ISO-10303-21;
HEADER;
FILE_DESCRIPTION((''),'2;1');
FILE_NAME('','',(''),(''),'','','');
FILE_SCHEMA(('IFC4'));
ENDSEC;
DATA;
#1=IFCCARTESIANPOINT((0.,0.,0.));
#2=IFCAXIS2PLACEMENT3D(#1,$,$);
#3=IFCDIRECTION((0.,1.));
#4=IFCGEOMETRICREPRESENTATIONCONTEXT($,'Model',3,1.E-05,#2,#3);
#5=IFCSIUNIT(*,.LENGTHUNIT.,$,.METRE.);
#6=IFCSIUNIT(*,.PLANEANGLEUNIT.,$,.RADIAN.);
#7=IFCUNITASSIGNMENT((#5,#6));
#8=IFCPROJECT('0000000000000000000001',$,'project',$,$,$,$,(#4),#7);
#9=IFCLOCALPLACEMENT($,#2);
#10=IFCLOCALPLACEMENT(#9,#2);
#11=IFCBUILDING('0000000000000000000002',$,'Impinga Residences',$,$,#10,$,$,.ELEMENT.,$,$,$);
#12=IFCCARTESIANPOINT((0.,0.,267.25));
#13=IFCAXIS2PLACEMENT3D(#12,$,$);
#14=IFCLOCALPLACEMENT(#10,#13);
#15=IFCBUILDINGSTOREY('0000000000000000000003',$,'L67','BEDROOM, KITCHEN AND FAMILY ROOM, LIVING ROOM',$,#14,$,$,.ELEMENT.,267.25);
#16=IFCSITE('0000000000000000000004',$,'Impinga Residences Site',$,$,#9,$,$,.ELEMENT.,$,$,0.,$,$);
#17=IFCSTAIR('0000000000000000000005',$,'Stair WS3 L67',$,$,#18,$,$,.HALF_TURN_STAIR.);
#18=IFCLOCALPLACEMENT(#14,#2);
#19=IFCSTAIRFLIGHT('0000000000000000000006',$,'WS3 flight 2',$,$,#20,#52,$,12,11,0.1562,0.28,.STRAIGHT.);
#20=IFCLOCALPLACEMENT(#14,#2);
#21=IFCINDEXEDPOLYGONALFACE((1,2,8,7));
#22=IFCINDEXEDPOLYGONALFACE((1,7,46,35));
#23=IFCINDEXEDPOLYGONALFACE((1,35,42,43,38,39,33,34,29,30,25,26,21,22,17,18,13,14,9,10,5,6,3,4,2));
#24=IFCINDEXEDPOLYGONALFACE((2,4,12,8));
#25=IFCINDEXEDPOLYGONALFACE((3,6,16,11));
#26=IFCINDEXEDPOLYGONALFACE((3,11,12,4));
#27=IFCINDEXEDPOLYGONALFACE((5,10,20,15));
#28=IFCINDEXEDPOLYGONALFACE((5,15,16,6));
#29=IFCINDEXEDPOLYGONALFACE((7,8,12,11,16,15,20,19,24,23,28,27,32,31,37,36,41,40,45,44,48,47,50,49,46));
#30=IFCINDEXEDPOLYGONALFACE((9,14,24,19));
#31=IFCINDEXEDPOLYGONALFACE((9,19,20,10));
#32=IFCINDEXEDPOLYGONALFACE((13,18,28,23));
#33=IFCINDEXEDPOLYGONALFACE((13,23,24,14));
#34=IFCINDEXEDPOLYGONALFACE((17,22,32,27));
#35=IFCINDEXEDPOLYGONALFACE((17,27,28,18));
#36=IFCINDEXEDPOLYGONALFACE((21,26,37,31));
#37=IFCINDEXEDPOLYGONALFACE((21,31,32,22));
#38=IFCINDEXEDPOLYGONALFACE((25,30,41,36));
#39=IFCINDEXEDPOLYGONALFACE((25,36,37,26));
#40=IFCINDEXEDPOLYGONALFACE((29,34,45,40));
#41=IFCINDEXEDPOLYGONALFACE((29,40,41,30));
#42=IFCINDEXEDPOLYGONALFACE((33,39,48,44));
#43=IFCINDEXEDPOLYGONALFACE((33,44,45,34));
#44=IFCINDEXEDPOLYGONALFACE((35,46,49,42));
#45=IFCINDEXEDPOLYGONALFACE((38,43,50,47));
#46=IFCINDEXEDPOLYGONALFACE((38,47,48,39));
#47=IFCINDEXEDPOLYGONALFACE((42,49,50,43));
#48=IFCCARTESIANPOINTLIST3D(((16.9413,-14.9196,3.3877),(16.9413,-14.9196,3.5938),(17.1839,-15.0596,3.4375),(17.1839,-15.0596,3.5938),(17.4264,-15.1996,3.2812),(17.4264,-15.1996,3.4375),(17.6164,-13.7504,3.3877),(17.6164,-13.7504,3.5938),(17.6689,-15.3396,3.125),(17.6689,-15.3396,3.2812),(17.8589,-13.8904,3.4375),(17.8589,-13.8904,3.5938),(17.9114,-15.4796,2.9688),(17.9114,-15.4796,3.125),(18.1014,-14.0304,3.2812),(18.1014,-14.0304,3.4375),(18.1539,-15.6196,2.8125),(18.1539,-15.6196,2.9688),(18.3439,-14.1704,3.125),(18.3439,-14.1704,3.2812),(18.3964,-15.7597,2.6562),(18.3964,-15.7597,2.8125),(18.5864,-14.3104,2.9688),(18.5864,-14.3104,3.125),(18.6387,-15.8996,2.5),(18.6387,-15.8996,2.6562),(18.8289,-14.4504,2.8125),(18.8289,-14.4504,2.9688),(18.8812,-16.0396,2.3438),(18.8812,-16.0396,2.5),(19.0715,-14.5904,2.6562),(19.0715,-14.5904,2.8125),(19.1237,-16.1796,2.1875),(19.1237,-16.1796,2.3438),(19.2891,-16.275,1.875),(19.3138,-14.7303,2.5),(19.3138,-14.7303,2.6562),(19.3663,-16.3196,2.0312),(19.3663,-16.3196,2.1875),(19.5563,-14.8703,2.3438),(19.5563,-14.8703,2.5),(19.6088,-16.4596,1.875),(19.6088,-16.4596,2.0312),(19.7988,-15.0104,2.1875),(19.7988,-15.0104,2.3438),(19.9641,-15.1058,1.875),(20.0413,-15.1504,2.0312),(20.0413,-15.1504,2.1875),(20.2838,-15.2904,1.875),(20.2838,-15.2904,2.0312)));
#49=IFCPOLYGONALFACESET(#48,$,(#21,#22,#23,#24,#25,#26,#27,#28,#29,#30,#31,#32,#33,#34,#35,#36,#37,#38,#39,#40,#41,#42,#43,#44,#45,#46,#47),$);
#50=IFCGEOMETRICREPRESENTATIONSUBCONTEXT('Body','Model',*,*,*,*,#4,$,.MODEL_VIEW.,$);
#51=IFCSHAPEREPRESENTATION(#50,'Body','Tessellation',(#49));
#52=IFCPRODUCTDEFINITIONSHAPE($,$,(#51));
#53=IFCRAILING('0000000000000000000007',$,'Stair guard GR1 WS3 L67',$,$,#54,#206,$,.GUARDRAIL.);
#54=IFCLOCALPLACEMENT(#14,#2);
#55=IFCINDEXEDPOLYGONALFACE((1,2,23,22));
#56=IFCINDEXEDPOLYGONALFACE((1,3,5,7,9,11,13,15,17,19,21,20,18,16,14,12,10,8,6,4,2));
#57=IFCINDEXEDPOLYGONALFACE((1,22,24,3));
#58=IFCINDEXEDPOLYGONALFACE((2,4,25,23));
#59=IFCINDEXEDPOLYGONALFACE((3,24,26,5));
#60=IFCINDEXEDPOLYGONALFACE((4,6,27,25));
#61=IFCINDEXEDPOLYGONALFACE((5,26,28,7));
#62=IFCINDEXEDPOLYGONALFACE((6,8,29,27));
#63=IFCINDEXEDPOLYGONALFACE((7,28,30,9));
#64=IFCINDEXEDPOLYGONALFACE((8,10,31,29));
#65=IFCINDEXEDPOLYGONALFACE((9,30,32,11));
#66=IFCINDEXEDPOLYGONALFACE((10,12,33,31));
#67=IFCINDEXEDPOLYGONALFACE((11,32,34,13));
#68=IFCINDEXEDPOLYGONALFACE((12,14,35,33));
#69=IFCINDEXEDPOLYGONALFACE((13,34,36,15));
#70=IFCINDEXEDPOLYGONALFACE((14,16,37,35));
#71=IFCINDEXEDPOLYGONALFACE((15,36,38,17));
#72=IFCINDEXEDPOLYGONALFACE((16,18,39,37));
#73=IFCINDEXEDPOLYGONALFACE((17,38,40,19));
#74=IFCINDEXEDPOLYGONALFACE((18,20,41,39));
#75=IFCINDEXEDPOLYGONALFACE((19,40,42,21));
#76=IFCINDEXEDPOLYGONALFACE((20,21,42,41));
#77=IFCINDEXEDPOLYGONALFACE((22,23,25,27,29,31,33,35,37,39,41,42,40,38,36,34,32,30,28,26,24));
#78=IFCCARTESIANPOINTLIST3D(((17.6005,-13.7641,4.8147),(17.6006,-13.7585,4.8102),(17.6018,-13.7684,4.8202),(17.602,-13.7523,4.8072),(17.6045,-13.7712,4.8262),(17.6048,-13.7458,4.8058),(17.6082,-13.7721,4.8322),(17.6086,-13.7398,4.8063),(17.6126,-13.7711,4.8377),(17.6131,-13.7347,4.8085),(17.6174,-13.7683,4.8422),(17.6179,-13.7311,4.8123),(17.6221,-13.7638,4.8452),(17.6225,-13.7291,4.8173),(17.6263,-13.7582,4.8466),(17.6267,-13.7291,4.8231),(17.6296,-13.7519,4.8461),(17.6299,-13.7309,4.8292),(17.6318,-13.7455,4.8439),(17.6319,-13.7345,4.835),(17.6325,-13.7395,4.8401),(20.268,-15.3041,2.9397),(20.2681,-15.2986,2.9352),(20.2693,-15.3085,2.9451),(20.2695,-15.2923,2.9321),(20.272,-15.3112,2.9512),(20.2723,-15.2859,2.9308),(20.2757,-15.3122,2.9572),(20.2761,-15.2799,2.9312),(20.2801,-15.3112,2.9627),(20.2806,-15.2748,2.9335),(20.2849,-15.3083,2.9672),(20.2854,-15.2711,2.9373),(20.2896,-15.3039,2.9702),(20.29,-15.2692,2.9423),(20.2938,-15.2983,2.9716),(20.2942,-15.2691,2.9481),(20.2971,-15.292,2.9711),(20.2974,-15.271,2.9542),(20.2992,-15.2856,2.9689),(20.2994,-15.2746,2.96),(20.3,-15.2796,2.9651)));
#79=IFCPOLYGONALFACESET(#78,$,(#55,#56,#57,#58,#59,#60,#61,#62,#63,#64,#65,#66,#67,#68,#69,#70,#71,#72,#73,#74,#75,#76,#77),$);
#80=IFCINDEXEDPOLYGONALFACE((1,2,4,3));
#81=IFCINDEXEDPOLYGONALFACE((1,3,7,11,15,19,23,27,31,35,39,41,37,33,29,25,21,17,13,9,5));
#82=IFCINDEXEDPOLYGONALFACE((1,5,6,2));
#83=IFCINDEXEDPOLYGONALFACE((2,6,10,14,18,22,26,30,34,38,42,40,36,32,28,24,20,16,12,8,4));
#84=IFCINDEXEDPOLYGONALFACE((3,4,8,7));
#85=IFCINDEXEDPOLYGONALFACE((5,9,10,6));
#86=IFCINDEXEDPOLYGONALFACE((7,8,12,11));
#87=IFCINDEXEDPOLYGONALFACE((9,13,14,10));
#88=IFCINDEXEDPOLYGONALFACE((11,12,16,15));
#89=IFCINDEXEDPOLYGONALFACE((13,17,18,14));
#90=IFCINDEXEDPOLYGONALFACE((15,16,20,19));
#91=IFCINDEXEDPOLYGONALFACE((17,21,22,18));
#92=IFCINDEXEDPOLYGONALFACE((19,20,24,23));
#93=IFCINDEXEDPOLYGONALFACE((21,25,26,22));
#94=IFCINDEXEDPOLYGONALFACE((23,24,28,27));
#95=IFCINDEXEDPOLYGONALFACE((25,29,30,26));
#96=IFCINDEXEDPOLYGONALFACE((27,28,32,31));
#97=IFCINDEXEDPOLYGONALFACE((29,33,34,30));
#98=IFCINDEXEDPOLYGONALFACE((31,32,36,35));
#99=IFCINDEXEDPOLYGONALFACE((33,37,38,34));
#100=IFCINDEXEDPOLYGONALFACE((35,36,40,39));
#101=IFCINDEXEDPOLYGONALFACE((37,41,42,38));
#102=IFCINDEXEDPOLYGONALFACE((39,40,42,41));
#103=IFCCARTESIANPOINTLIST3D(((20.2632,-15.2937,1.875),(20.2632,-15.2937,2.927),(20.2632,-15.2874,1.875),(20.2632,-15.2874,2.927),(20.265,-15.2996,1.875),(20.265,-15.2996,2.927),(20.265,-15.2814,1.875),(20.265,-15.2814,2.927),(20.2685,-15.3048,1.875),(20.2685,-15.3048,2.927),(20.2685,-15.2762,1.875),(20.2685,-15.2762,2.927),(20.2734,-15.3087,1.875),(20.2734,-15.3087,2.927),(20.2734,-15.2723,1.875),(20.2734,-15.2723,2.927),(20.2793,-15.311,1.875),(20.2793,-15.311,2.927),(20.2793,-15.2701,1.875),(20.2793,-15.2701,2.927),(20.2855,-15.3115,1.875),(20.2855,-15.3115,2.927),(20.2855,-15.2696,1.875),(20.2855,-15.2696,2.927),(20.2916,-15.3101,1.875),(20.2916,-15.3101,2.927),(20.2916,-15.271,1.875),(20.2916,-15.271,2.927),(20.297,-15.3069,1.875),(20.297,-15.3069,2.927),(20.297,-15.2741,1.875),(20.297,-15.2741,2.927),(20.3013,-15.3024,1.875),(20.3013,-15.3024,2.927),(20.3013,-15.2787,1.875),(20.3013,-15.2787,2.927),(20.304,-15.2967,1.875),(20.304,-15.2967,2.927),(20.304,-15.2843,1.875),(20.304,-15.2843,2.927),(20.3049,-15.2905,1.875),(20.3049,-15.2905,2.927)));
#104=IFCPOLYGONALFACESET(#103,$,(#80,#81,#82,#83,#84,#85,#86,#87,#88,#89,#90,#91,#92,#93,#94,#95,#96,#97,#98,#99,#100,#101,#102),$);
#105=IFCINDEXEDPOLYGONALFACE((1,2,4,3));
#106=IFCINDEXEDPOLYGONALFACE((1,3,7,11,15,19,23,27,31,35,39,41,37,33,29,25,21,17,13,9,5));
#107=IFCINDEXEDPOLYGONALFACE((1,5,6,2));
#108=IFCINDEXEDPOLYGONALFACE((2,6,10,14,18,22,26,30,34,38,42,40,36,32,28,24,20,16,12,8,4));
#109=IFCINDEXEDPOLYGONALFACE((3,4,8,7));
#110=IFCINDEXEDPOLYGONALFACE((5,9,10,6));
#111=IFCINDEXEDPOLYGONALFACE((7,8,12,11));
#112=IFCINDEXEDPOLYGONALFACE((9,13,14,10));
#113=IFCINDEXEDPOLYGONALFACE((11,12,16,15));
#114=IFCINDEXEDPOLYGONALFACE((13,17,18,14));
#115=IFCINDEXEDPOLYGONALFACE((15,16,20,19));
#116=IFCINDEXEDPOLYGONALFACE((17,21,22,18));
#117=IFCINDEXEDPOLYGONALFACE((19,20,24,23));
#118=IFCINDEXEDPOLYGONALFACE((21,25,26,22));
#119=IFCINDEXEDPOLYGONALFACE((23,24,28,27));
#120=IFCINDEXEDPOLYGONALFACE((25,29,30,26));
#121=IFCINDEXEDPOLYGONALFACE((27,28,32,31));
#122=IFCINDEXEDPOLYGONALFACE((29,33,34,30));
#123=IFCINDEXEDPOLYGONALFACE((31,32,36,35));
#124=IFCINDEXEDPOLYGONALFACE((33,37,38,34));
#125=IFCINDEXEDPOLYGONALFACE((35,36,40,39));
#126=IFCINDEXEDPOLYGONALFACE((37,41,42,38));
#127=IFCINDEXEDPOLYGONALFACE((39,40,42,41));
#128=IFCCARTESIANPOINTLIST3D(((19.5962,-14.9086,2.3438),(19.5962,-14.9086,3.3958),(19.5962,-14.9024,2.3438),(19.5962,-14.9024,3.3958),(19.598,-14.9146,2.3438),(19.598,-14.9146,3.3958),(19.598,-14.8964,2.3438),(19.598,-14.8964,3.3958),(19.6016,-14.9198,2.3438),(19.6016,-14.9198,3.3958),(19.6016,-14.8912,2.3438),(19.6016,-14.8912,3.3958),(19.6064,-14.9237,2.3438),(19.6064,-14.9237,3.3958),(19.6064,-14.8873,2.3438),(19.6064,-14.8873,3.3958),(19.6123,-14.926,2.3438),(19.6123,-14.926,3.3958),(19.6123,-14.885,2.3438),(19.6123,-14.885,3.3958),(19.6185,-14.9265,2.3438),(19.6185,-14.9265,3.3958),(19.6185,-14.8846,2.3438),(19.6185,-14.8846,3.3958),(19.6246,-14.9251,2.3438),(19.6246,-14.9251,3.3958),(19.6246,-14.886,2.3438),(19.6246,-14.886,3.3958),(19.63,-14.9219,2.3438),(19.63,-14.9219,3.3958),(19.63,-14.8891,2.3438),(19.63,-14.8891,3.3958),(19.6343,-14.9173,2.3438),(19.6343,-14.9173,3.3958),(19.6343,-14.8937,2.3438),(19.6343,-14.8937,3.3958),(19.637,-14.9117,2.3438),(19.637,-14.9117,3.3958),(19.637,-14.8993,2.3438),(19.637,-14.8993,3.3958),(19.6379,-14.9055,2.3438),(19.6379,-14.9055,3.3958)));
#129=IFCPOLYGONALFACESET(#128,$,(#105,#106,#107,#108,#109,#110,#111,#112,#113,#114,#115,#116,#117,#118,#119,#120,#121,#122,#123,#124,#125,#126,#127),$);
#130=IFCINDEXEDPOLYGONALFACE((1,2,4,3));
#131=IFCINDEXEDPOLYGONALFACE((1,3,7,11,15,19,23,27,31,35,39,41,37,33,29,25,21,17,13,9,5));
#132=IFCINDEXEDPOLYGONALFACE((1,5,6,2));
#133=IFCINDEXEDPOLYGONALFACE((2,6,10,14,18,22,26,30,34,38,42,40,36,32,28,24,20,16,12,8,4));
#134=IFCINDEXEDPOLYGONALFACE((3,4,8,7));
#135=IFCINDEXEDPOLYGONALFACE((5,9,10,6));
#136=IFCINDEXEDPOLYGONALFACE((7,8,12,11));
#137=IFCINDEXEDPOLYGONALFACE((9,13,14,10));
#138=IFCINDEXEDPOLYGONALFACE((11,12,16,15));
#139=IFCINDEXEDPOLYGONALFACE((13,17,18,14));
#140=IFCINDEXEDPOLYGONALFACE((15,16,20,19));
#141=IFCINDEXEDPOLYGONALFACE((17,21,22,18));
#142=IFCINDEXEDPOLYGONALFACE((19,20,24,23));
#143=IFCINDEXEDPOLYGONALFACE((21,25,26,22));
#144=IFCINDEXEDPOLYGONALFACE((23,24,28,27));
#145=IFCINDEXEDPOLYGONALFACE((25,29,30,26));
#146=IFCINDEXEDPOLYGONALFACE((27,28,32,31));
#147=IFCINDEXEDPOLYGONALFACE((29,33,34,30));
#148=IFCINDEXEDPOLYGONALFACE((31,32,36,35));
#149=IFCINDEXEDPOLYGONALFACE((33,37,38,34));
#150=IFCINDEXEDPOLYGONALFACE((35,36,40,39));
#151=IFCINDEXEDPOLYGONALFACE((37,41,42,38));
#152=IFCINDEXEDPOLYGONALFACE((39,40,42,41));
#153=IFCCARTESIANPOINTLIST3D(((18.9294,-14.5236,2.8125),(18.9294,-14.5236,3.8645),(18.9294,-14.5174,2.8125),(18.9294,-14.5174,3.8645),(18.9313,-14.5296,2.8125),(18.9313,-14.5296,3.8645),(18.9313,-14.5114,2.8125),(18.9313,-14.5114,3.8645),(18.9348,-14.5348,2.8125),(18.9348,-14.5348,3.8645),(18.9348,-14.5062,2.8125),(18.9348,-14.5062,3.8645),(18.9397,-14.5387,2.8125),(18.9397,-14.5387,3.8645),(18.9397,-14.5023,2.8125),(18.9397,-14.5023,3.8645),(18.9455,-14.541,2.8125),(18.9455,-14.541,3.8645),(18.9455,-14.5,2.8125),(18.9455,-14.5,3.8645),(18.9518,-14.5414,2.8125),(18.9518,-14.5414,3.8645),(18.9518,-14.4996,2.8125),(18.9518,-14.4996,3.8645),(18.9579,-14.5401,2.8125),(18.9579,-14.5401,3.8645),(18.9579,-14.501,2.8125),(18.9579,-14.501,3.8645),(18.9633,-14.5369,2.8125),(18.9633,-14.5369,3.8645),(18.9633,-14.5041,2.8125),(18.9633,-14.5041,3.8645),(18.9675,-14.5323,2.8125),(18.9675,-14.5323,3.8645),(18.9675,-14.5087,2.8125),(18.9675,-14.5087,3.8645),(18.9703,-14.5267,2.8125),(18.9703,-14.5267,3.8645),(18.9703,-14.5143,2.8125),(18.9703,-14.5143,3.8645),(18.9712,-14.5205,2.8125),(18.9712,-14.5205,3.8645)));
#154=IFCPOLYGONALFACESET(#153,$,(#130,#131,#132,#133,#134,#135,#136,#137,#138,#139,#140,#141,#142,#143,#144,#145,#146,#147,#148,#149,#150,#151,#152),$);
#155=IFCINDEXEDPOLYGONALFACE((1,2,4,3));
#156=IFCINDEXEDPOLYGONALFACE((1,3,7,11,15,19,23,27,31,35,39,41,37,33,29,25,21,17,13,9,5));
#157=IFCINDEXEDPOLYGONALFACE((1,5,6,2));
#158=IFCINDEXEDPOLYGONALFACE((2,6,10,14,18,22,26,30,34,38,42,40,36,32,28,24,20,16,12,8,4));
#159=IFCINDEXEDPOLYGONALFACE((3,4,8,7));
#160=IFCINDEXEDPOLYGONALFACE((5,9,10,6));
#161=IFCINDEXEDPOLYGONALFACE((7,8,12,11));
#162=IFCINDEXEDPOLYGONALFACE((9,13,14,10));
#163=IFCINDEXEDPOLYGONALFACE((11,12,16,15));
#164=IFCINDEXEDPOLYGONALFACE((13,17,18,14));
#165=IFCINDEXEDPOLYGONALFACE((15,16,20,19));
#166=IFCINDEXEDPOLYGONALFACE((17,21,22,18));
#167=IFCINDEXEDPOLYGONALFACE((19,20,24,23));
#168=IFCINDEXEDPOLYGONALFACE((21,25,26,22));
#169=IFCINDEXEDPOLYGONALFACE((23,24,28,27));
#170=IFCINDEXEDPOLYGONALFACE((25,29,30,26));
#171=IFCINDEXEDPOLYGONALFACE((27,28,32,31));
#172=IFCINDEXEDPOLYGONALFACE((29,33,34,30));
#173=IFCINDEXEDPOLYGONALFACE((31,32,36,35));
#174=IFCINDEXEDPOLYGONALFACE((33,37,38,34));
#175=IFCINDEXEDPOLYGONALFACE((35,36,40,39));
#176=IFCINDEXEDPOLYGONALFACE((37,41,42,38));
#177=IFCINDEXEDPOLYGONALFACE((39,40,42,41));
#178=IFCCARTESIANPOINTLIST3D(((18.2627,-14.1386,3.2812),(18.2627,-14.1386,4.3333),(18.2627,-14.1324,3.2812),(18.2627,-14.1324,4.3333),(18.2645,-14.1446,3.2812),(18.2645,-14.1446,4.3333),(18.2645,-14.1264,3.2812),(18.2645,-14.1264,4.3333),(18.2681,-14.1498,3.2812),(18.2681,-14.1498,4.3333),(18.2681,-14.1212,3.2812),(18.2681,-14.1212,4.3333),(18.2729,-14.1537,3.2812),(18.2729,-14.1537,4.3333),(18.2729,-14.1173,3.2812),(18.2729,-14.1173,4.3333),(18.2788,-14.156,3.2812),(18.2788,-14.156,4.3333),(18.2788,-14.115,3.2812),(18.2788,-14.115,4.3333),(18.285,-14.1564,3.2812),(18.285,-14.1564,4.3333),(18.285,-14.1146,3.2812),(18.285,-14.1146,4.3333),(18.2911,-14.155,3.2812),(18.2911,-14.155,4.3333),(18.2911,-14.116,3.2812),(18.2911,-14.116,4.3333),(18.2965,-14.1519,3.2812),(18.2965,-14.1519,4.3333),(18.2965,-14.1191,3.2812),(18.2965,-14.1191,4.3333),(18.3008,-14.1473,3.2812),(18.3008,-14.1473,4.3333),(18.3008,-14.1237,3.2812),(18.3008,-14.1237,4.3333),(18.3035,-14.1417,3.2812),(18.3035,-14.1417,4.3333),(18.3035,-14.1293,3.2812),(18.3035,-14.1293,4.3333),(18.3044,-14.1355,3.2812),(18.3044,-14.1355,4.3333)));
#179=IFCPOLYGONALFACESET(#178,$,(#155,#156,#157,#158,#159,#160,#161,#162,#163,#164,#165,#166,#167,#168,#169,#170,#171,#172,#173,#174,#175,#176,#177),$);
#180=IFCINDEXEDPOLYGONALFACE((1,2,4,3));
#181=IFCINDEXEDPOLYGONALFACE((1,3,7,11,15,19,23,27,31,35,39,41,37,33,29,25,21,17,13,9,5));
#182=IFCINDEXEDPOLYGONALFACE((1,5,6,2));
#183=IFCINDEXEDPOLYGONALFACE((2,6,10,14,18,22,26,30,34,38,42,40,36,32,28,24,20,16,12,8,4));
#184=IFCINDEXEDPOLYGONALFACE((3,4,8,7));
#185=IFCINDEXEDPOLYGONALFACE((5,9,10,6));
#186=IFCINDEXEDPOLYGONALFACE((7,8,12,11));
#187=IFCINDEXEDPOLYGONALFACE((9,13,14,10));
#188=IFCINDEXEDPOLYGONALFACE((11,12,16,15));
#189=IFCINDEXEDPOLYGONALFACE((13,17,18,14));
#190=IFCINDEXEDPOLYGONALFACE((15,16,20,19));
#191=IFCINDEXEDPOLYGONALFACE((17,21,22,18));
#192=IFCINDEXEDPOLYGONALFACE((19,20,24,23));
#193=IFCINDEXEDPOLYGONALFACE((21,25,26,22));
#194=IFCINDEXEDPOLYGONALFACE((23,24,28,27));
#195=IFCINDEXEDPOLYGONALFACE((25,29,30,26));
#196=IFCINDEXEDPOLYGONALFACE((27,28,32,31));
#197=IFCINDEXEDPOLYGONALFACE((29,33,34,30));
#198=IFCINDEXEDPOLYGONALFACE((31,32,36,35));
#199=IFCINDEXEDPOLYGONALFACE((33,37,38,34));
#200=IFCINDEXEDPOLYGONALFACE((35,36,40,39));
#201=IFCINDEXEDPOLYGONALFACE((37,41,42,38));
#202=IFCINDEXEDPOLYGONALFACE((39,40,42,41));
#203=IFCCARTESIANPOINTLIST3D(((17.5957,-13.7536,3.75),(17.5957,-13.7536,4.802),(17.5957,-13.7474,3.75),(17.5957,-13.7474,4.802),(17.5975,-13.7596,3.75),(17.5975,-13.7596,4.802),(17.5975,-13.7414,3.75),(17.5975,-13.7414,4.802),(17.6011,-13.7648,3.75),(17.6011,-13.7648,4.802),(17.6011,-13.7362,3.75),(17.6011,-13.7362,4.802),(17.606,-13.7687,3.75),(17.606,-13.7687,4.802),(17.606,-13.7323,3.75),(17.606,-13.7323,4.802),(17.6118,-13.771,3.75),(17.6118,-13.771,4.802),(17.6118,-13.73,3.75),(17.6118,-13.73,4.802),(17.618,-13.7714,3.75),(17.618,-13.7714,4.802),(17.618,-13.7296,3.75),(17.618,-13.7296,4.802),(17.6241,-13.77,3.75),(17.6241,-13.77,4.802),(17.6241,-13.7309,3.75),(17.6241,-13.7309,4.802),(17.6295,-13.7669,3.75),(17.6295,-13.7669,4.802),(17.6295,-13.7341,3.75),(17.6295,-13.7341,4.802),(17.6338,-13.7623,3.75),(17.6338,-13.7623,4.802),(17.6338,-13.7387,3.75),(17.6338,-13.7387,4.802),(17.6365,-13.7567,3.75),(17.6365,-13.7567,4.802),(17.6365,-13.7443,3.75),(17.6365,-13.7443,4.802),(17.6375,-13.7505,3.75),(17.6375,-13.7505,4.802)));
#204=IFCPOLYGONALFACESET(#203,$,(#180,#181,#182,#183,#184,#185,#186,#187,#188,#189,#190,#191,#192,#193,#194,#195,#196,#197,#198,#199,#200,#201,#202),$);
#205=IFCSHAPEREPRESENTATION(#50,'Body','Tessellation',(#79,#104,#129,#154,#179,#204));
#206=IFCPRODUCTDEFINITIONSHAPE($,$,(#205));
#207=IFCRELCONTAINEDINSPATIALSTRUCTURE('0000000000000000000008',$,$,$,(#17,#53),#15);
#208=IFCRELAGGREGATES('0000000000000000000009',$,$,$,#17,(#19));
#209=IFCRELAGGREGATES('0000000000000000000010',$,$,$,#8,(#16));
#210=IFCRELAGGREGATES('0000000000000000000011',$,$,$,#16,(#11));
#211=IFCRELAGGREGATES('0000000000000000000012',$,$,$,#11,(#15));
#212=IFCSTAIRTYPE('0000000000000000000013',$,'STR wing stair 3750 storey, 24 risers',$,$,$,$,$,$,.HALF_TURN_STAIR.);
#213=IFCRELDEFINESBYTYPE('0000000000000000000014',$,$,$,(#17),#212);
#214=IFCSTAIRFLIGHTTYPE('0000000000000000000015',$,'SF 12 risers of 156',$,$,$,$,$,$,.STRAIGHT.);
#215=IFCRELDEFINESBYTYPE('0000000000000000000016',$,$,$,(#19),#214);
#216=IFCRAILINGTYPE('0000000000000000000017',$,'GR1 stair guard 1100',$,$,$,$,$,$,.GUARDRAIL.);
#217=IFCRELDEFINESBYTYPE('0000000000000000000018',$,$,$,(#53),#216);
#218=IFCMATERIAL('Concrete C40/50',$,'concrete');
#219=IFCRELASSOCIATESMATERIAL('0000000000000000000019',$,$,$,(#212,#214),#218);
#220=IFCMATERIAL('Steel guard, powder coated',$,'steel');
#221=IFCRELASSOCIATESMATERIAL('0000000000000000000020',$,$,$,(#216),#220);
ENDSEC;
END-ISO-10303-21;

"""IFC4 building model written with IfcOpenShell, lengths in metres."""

from ifc_helpers import new_model, si_unit, direction, frame, origin, origin_2d, place, context, subcontext, project, spatial, polyline, circle, outline, extrude, material, type_object, element, aggregate, save


model = new_model("IFC4")

# Units and contexts
model_context = context("Model", 3, precision=1e-05, world=origin(), true_north=direction((0.0, 1.0)))
body_context = subcontext(model_context, "Body", "Model", "MODEL_VIEW")
ifc_project = project(units=[si_unit("LENGTHUNIT", "METRE"), si_unit("PLANEANGLEUNIT", "RADIAN")], contexts=[model_context])

# Site, building, storey
site_placement = place(None, origin())
site = spatial("IfcSite", under=ifc_project, at=site_placement, Name="Impinga Residences Site", CompositionType="ELEMENT", RefElevation=0.0)
building_placement = place(site_placement, origin())
building = spatial("IfcBuilding", under=site, at=building_placement, Name="Impinga Residences", CompositionType="ELEMENT")
storey_placement = place(building_placement, frame((0.0, 0.0, 267.25)))
storey = spatial("IfcBuildingStorey", under=building, at=storey_placement, Name="L67", Description="BEDROOM, KITCHEN AND FAMILY ROOM, LIVING ROOM", CompositionType="ELEMENT", Elevation=267.25)

# Stair, stair flight
ifc_material_1 = material(Name="Concrete C40/50", Category="concrete")
stair_type = type_object("IfcStairType", Name="STR wing stair 3750 storey, 24 risers", PredefinedType="HALF_TURN_STAIR", material=ifc_material_1)
stair_placement = place(storey_placement, origin())
stair = element("IfcStair", 1, at=stair_placement, inside=storey, type_object=stair_type, Name="Stair WS3 L67", PredefinedType="HALF_TURN_STAIR")
stair_flight_type = type_object("IfcStairFlightType", Name="SF 12 risers of 156", PredefinedType="STRAIGHT", material=ifc_material_1)
stair_flight_1_placement = place(storey_placement, frame((19.9463, -15.875, 1.875), z_axis=(0.0, 0.0, 1.0), x_axis=(-0.866025, 0.5, 0.0)))
stair_flight_1 = element("IfcStairFlight", 2, at=stair_flight_1_placement, type_object=stair_flight_type, Name="WS3 flight 2", NumberOfRisers=12, NumberOfTreads=11, PredefinedType="STRAIGHT", RiserHeight=0.1562, TreadLength=0.28, context=body_context, shape_type="SweptSolid", body=[
    extrude(outline(polyline([(0.0, 0.0), (0.0, 0.1562), (0.28, 0.1562), (0.28, 0.3125), (0.5601, 0.3125), (0.5601, 0.4688), (0.8401, 0.4688), (0.8401, 0.625), (1.1201, 0.625), (1.1201, 0.7812), (1.3999, 0.7812), (1.3999, 0.9375), (1.6799, 0.9375), (1.6799, 1.0938), (1.96, 1.0938), (1.96, 1.25), (2.24, 1.25), (2.24, 1.4062), (2.52, 1.4062), (2.52, 1.5625), (2.8, 1.5625), (2.8, 1.7188), (3.0801, 1.7188), (3.0801, 1.875), (3.0801, 1.5127), (0.3691, 0.0), (0.0, 0.0)])), frame((0.0, 0.675, 0.0), z_axis=(0.0, -1.0, 0.0), x_axis=(1.0, 0.0, 0.0)), (0.0, 0.0, 1.0), 1.3501),
])
aggregate(stair, [stair_flight_1])

# Railing
ifc_material_2 = material(Name="Steel guard, powder coated", Category="steel")
railing_type_1 = type_object("IfcRailingType", Name="GR1 stair guard 1100", PredefinedType="GUARDRAIL", material=ifc_material_2)
railing_1_placement = place(storey_placement, frame((20.2839, -15.2905, 1.875)))
element("IfcRailing", 3, at=railing_1_placement, inside=storey, type_object=railing_type_1, Name="Stair guard GR1 WS3 L67", PredefinedType="GUARDRAIL", context=body_context, shape_type="SweptSolid", body=[
    extrude(circle(Radius=0.0239, at=origin_2d()), frame((0.0, 0.0, 1.0762), z_axis=(-0.739746, 0.427084, 0.519975), x_axis=(-0.499992, -0.86603, 0.0)), (0.0, 0.0, 1.0), 3.606),
    extrude(circle(Radius=0.021, at=origin_2d()), origin(), (0.0, 0.0, 1.0), 1.052),
    extrude(circle(Radius=0.021, at=origin_2d()), frame((-0.667, 0.385, 0.4688)), (0.0, 0.0, 1.0), 1.052),
    extrude(circle(Radius=0.021, at=origin_2d()), frame((-1.3337, 0.77, 0.9375)), (0.0, 0.0, 1.0), 1.052),
    extrude(circle(Radius=0.021, at=origin_2d()), frame((-2.0005, 1.155, 1.4062)), (0.0, 0.0, 1.0), 1.052),
    extrude(circle(Radius=0.021, at=origin_2d()), frame((-2.6675, 1.54, 1.875)), (0.0, 0.0, 1.0), 1.052),
])

save(model, "model.ifc")
